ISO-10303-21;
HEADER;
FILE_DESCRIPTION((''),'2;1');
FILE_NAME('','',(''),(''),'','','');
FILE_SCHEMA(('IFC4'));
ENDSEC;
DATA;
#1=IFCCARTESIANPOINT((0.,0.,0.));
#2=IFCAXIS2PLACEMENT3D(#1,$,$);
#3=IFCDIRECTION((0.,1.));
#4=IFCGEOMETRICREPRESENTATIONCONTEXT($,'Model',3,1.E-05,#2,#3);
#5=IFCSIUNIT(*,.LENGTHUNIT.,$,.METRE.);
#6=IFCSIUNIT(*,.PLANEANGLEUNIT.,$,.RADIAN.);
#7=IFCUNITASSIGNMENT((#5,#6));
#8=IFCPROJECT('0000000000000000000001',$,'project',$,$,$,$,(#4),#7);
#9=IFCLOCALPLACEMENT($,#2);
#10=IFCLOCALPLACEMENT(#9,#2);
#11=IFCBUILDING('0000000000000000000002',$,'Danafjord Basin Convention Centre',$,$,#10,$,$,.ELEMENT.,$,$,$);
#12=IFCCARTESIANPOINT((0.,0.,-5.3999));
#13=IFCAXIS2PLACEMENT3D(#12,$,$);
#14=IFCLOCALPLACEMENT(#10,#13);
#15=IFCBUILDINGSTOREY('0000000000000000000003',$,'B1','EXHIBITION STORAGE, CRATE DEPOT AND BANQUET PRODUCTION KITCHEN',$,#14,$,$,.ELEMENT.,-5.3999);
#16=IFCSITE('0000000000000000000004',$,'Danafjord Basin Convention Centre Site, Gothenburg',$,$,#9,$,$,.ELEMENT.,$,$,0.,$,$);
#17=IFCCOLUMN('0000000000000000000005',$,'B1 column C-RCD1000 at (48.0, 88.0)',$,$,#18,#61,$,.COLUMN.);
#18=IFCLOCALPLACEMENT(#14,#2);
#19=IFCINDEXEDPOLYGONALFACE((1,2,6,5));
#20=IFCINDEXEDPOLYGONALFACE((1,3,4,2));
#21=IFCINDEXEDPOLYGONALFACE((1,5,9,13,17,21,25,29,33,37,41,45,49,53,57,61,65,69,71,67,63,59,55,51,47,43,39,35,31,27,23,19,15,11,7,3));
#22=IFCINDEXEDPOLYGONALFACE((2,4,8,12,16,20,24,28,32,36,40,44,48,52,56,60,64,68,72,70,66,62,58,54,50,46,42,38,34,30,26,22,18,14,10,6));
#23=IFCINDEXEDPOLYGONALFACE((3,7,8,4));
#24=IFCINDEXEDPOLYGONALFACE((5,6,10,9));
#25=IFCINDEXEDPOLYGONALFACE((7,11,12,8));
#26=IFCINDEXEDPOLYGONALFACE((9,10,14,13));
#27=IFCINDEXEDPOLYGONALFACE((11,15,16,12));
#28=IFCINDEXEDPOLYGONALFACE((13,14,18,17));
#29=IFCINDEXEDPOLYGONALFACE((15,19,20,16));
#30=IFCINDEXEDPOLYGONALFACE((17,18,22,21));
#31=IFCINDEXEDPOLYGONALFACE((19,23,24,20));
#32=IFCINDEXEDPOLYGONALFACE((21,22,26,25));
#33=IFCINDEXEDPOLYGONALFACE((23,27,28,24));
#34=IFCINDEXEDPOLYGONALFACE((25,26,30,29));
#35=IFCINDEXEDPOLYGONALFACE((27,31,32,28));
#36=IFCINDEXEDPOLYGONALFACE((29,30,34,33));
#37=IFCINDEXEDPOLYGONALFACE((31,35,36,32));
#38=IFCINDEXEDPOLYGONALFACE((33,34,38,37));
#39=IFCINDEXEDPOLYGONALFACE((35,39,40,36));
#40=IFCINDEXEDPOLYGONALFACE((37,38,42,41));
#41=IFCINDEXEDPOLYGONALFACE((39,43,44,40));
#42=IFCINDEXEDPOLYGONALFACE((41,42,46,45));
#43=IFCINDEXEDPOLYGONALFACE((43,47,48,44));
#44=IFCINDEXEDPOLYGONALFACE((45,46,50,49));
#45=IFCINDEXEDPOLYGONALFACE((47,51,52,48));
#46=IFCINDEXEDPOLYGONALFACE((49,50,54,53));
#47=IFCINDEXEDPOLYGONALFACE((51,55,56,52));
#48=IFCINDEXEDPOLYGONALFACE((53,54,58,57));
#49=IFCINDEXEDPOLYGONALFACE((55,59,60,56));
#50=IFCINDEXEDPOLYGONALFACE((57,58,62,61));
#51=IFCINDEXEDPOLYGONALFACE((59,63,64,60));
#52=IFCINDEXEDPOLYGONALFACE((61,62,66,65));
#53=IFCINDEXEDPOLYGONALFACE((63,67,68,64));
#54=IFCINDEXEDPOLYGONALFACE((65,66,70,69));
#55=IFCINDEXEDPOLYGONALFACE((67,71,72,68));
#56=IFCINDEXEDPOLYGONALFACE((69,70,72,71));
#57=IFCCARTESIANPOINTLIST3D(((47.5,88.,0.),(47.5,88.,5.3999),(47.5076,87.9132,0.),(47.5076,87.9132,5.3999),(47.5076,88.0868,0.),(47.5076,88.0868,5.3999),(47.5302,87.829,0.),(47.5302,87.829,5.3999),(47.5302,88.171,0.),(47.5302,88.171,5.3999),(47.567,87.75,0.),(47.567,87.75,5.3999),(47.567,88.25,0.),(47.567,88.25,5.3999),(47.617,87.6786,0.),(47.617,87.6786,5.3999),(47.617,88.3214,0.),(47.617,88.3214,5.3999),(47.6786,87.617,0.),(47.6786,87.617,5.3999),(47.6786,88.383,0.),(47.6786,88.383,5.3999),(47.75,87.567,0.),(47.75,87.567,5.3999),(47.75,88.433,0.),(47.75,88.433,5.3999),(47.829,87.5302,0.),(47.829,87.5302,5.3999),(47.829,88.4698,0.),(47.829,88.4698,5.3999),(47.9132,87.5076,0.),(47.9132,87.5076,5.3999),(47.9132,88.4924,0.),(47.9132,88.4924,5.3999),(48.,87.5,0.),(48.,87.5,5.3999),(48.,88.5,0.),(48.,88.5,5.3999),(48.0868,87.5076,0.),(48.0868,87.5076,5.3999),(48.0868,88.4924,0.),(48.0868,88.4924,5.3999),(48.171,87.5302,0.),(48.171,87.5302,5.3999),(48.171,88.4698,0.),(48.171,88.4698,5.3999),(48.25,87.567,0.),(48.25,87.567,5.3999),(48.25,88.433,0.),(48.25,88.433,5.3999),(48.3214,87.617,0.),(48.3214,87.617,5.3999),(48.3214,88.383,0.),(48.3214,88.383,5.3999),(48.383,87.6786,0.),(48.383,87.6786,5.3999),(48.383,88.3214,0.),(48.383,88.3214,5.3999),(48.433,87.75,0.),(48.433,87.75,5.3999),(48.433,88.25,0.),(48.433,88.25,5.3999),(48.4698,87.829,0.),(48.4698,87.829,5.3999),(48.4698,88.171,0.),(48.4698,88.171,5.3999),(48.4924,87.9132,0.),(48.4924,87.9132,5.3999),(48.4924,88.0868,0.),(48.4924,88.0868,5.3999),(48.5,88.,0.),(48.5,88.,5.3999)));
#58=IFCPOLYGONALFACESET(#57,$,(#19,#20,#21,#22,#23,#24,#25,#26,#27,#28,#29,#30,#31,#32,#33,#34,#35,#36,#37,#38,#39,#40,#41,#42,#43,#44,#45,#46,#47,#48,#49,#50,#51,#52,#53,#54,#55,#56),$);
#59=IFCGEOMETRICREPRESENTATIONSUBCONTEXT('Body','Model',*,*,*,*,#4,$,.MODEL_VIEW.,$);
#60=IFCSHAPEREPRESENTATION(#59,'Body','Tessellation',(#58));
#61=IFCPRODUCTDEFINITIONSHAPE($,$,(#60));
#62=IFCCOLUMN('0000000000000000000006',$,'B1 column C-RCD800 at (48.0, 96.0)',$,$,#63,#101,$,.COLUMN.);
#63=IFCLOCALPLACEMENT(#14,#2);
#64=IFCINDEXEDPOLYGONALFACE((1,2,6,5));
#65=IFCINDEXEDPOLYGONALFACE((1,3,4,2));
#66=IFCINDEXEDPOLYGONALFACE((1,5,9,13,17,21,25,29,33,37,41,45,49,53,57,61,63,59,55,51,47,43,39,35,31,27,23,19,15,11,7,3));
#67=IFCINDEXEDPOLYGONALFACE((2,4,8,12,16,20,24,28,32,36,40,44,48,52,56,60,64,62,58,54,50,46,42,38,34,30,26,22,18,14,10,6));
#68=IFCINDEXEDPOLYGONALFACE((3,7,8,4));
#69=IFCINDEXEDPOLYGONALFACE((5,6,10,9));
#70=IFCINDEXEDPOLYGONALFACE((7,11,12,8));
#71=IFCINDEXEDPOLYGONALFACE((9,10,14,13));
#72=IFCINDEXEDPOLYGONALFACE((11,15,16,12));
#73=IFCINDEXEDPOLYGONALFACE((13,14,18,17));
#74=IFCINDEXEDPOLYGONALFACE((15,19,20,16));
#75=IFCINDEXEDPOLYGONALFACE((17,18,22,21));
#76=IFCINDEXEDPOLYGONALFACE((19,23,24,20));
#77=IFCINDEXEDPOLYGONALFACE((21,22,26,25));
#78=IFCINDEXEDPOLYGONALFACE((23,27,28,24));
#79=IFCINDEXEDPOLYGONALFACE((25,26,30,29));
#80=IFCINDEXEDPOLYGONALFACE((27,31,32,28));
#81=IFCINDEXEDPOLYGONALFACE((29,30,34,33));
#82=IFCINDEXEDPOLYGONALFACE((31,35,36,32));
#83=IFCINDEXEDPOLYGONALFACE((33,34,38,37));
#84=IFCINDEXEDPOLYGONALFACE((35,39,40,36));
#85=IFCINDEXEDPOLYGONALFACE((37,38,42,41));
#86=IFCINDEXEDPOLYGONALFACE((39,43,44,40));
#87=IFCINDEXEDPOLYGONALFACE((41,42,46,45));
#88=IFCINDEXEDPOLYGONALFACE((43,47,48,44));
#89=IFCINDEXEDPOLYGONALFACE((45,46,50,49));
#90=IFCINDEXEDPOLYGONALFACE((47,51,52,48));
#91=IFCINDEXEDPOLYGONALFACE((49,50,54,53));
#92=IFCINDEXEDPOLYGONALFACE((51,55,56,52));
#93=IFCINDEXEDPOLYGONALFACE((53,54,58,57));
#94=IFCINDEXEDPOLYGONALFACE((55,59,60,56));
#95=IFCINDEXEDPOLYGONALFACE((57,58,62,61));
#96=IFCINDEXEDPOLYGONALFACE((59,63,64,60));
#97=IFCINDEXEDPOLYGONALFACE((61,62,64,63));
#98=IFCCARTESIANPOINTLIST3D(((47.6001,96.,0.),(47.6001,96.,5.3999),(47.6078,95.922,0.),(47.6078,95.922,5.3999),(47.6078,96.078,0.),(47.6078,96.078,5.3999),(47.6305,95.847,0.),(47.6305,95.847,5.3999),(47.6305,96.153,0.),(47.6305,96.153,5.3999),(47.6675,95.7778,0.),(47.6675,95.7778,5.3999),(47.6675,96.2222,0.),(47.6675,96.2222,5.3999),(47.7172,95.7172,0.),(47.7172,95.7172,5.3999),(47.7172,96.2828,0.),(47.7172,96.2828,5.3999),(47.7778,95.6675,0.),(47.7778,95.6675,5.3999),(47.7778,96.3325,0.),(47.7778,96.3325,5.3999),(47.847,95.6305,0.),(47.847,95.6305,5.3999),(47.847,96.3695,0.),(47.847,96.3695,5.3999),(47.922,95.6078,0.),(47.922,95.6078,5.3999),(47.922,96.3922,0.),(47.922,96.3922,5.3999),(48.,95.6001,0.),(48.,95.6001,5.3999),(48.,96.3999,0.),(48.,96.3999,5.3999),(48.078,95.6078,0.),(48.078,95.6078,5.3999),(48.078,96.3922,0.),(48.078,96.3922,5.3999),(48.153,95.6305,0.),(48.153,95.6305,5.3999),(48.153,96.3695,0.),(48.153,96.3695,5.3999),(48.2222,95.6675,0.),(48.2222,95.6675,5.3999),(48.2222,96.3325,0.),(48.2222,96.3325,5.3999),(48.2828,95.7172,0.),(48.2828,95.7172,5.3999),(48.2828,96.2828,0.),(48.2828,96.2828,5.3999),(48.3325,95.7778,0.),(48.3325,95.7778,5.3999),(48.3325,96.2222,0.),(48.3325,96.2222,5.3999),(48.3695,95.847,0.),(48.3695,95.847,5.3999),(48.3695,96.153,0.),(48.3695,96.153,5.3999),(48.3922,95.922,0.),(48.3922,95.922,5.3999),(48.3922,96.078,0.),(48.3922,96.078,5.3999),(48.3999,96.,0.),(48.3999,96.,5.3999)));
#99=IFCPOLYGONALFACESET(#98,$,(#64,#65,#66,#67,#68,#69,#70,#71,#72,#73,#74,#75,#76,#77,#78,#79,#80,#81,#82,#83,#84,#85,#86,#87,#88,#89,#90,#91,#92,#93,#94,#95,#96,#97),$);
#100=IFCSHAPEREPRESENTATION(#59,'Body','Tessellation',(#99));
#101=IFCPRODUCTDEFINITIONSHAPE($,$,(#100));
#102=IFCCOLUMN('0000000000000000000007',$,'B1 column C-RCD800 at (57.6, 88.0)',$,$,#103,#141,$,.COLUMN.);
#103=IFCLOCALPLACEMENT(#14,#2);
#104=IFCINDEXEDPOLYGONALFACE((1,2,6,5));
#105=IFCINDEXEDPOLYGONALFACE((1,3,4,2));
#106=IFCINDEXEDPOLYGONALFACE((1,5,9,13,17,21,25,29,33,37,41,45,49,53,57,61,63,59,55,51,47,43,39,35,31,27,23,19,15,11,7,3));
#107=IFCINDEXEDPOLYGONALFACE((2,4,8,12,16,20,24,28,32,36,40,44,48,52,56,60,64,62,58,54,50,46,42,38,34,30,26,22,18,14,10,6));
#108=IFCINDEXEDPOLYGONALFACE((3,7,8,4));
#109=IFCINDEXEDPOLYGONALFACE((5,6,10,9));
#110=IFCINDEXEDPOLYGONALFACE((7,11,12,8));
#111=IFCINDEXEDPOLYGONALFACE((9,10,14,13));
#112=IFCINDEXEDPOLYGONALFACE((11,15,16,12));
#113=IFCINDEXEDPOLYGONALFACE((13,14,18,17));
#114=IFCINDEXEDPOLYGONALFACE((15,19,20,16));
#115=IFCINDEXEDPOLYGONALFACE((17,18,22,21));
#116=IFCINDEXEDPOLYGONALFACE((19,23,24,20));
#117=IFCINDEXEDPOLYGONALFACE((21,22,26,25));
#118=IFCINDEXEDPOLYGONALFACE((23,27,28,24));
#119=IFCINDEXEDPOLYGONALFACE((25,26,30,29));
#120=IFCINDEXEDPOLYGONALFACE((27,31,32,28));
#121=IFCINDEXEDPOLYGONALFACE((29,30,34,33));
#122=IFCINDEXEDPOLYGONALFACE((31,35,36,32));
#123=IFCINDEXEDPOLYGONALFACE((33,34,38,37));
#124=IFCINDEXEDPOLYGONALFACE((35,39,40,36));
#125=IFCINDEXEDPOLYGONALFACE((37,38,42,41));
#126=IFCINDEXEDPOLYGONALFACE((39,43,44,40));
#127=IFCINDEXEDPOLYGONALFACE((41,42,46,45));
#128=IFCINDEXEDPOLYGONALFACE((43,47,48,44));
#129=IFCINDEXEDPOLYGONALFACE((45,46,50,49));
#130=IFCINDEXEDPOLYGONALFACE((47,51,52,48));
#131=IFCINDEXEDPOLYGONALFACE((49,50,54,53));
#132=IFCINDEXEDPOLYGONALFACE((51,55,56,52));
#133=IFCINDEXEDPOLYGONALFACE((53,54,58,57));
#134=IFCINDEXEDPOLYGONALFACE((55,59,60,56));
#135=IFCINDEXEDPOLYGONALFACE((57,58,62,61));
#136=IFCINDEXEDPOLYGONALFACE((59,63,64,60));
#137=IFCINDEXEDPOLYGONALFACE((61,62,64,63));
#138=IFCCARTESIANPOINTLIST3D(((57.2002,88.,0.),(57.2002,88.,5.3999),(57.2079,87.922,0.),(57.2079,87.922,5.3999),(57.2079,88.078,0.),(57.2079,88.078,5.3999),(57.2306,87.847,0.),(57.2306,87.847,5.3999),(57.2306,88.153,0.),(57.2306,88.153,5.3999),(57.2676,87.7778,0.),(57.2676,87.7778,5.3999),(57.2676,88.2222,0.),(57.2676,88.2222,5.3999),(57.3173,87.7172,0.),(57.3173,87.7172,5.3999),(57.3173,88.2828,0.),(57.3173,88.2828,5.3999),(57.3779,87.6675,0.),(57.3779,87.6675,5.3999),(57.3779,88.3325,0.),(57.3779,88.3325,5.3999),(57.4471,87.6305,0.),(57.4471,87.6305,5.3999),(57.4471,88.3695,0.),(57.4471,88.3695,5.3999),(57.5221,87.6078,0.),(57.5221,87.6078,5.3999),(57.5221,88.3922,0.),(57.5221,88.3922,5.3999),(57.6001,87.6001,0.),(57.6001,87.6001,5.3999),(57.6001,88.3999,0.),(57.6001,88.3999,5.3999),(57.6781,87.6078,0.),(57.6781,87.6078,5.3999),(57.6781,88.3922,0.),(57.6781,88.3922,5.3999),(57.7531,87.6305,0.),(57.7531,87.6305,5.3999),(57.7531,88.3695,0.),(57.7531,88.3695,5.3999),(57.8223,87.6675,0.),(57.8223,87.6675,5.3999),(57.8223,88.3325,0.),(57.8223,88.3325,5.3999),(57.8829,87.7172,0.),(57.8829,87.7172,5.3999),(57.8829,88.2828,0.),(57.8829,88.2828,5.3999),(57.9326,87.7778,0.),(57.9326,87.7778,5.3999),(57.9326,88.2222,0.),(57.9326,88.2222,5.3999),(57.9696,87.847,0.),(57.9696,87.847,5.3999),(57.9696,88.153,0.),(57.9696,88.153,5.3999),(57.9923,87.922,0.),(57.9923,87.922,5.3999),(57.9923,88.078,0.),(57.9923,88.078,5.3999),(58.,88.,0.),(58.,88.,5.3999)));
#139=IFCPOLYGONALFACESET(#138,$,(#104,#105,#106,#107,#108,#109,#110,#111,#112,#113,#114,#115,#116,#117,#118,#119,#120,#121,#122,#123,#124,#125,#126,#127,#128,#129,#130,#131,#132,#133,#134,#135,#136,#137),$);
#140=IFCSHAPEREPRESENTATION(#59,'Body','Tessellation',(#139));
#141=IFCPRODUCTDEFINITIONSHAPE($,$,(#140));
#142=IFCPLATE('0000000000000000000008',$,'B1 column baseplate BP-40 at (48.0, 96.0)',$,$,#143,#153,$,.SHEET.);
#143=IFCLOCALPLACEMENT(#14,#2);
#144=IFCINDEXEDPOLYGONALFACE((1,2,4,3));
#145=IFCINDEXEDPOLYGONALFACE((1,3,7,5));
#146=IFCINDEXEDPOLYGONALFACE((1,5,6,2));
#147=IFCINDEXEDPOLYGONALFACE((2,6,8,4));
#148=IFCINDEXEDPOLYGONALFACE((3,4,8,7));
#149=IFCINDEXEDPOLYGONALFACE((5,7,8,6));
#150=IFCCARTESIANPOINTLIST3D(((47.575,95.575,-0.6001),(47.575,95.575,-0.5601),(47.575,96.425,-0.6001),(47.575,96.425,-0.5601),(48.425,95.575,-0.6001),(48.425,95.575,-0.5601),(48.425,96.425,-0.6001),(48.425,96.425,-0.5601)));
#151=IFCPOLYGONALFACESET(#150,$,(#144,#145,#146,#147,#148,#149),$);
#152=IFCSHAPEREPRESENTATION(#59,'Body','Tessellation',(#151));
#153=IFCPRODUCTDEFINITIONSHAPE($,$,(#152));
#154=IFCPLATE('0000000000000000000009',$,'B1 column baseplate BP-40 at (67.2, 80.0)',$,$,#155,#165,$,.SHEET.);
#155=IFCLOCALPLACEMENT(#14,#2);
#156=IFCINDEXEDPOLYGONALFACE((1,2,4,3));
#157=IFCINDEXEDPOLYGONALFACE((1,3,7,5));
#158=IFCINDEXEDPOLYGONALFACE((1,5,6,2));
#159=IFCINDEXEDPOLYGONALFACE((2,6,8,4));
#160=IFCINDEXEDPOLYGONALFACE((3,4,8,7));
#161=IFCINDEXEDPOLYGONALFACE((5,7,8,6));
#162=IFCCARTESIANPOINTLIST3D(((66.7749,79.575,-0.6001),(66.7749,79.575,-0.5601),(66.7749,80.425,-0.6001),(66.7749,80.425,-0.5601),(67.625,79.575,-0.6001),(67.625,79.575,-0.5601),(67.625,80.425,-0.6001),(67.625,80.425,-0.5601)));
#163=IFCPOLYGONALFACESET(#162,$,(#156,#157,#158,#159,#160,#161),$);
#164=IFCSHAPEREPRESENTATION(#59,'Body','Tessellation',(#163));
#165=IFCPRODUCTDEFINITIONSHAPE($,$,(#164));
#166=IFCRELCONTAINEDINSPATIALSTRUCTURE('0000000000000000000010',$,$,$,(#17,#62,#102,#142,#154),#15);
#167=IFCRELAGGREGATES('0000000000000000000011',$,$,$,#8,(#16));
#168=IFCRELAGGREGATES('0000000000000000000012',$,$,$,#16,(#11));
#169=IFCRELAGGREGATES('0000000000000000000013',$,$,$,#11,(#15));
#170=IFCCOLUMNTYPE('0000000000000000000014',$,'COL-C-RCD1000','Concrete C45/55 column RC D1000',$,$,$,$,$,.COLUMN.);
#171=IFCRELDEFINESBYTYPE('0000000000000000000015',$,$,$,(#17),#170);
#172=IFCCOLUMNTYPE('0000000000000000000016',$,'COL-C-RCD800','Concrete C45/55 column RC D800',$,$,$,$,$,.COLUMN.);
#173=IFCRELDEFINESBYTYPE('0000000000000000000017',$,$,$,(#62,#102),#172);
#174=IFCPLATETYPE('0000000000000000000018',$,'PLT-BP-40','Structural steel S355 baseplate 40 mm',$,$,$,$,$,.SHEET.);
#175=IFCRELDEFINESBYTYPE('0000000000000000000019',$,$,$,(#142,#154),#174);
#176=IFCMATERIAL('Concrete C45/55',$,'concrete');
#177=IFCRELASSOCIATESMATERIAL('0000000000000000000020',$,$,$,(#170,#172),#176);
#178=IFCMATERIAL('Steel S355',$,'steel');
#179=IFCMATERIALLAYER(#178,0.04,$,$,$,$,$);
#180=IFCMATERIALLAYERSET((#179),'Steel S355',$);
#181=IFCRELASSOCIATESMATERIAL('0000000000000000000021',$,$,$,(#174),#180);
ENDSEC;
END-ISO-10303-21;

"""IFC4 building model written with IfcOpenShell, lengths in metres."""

from ifc_helpers import new_model, si_unit, direction, frame, origin, origin_2d, place, context, subcontext, project, spatial, rectangle, circle, extrude, material, layer, layer_set, material_profile, profile_set, type_object, element, save


model = new_model("IFC4")

# Units and contexts
model_context = context("Model", 3, precision=1e-05, world=origin(), true_north=direction((0.0, 1.0)))
body_context = subcontext(model_context, "Body", "Model", "MODEL_VIEW")
ifc_project = project(units=[si_unit("LENGTHUNIT", "METRE"), si_unit("PLANEANGLEUNIT", "RADIAN")], contexts=[model_context])

# Site, building, storey
site_placement = place(None, origin())
site = spatial("IfcSite", under=ifc_project, at=site_placement, Name="Danafjord Basin Convention Centre Site, Gothenburg", CompositionType="ELEMENT", RefElevation=0.0)
building_placement = place(site_placement, origin())
building = spatial("IfcBuilding", under=site, at=building_placement, Name="Danafjord Basin Convention Centre", CompositionType="ELEMENT")
storey_placement = place(building_placement, frame((0.0, 0.0, -5.3999)))
storey = spatial("IfcBuildingStorey", under=building, at=storey_placement, Name="B1", Description="EXHIBITION STORAGE, CRATE DEPOT AND BANQUET PRODUCTION KITCHEN", CompositionType="ELEMENT", Elevation=-5.3999)

# Columns
ifc_material_1 = material(Name="Concrete C45/55", Category="concrete")
ifc_material_profile_1 = material_profile(ifc_material_1, circle(Radius=0.5, at=origin_2d()), Name="RC D1000")
ifc_profile_set_1 = profile_set([ifc_material_profile_1], Name="Concrete C45/55")
column_type_1 = type_object("IfcColumnType", Name="COL-C-RCD1000", Description="Concrete C45/55 column RC D1000", PredefinedType="COLUMN", material=ifc_profile_set_1)
for number, where, z_axis, x_axis, name in (
    (1, (48.0, 88.0, 0.0), (0.0, 0.0, 1.0), (1.0, 0.0, 0.0), "B1 column C-RCD1000 at (48.0, 88.0)"),
):
    element("IfcColumn", number, at=place(storey_placement, frame(where, z_axis=z_axis, x_axis=x_axis)), inside=storey, type_object=column_type_1, Name=name, PredefinedType="COLUMN", context=body_context, shape_type="SweptSolid", body=[
        extrude(circle(Radius=0.5, at=origin_2d()), origin(), (0.0, 0.0, 1.0), 5.3999),
    ])
ifc_material_profile_2 = material_profile(ifc_material_1, circle(Radius=0.3999, at=origin_2d()), Name="RC D800")
ifc_profile_set_2 = profile_set([ifc_material_profile_2], Name="Concrete C45/55")
column_type_2 = type_object("IfcColumnType", Name="COL-C-RCD800", Description="Concrete C45/55 column RC D800", PredefinedType="COLUMN", material=ifc_profile_set_2)
for number, where, z_axis, x_axis, name in (
    (2, (48.0, 96.0, 0.0), (0.0, 0.0, 1.0), (1.0, 0.0, 0.0), "B1 column C-RCD800 at (48.0, 96.0)"),
    (3, (57.6001, 88.0, 0.0), (0.0, 0.0, 1.0), (1.0, 0.0, 0.0), "B1 column C-RCD800 at (57.6, 88.0)"),
):
    element("IfcColumn", number, at=place(storey_placement, frame(where, z_axis=z_axis, x_axis=x_axis)), inside=storey, type_object=column_type_2, Name=name, PredefinedType="COLUMN", context=body_context, shape_type="SweptSolid", body=[
        extrude(circle(Radius=0.3999, at=origin_2d()), origin(), (0.0, 0.0, 1.0), 5.3999),
    ])

# Plates
ifc_material_2 = material(Name="Steel S355", Category="steel")
ifc_layer_1 = layer(ifc_material_2, 0.04)
ifc_layer_set_1 = layer_set([ifc_layer_1], Name="Steel S355")
plate_type = type_object("IfcPlateType", Name="PLT-BP-40", Description="Structural steel S355 baseplate 40 mm", PredefinedType="SHEET", material=ifc_layer_set_1)
for number, where, z_axis, x_axis, name in (
    (4, (48.0, 96.0, -0.6001), (0.0, 0.0, 1.0), (1.0, 0.0, 0.0), "B1 column baseplate BP-40 at (48.0, 96.0)"),
    (5, (67.2, 80.0, -0.6001), (0.0, 0.0, 1.0), (1.0, 0.0, 0.0), "B1 column baseplate BP-40 at (67.2, 80.0)"),
):
    element("IfcPlate", number, at=place(storey_placement, frame(where, z_axis=z_axis, x_axis=x_axis)), inside=storey, type_object=plate_type, Name=name, PredefinedType="SHEET", context=body_context, shape_type="SweptSolid", body=[
        extrude(rectangle(XDim=0.8501, YDim=0.8501, at=origin_2d()), origin(), (0.0, 0.0, 1.0), 0.04),
    ])

save(model, "model.ifc")
